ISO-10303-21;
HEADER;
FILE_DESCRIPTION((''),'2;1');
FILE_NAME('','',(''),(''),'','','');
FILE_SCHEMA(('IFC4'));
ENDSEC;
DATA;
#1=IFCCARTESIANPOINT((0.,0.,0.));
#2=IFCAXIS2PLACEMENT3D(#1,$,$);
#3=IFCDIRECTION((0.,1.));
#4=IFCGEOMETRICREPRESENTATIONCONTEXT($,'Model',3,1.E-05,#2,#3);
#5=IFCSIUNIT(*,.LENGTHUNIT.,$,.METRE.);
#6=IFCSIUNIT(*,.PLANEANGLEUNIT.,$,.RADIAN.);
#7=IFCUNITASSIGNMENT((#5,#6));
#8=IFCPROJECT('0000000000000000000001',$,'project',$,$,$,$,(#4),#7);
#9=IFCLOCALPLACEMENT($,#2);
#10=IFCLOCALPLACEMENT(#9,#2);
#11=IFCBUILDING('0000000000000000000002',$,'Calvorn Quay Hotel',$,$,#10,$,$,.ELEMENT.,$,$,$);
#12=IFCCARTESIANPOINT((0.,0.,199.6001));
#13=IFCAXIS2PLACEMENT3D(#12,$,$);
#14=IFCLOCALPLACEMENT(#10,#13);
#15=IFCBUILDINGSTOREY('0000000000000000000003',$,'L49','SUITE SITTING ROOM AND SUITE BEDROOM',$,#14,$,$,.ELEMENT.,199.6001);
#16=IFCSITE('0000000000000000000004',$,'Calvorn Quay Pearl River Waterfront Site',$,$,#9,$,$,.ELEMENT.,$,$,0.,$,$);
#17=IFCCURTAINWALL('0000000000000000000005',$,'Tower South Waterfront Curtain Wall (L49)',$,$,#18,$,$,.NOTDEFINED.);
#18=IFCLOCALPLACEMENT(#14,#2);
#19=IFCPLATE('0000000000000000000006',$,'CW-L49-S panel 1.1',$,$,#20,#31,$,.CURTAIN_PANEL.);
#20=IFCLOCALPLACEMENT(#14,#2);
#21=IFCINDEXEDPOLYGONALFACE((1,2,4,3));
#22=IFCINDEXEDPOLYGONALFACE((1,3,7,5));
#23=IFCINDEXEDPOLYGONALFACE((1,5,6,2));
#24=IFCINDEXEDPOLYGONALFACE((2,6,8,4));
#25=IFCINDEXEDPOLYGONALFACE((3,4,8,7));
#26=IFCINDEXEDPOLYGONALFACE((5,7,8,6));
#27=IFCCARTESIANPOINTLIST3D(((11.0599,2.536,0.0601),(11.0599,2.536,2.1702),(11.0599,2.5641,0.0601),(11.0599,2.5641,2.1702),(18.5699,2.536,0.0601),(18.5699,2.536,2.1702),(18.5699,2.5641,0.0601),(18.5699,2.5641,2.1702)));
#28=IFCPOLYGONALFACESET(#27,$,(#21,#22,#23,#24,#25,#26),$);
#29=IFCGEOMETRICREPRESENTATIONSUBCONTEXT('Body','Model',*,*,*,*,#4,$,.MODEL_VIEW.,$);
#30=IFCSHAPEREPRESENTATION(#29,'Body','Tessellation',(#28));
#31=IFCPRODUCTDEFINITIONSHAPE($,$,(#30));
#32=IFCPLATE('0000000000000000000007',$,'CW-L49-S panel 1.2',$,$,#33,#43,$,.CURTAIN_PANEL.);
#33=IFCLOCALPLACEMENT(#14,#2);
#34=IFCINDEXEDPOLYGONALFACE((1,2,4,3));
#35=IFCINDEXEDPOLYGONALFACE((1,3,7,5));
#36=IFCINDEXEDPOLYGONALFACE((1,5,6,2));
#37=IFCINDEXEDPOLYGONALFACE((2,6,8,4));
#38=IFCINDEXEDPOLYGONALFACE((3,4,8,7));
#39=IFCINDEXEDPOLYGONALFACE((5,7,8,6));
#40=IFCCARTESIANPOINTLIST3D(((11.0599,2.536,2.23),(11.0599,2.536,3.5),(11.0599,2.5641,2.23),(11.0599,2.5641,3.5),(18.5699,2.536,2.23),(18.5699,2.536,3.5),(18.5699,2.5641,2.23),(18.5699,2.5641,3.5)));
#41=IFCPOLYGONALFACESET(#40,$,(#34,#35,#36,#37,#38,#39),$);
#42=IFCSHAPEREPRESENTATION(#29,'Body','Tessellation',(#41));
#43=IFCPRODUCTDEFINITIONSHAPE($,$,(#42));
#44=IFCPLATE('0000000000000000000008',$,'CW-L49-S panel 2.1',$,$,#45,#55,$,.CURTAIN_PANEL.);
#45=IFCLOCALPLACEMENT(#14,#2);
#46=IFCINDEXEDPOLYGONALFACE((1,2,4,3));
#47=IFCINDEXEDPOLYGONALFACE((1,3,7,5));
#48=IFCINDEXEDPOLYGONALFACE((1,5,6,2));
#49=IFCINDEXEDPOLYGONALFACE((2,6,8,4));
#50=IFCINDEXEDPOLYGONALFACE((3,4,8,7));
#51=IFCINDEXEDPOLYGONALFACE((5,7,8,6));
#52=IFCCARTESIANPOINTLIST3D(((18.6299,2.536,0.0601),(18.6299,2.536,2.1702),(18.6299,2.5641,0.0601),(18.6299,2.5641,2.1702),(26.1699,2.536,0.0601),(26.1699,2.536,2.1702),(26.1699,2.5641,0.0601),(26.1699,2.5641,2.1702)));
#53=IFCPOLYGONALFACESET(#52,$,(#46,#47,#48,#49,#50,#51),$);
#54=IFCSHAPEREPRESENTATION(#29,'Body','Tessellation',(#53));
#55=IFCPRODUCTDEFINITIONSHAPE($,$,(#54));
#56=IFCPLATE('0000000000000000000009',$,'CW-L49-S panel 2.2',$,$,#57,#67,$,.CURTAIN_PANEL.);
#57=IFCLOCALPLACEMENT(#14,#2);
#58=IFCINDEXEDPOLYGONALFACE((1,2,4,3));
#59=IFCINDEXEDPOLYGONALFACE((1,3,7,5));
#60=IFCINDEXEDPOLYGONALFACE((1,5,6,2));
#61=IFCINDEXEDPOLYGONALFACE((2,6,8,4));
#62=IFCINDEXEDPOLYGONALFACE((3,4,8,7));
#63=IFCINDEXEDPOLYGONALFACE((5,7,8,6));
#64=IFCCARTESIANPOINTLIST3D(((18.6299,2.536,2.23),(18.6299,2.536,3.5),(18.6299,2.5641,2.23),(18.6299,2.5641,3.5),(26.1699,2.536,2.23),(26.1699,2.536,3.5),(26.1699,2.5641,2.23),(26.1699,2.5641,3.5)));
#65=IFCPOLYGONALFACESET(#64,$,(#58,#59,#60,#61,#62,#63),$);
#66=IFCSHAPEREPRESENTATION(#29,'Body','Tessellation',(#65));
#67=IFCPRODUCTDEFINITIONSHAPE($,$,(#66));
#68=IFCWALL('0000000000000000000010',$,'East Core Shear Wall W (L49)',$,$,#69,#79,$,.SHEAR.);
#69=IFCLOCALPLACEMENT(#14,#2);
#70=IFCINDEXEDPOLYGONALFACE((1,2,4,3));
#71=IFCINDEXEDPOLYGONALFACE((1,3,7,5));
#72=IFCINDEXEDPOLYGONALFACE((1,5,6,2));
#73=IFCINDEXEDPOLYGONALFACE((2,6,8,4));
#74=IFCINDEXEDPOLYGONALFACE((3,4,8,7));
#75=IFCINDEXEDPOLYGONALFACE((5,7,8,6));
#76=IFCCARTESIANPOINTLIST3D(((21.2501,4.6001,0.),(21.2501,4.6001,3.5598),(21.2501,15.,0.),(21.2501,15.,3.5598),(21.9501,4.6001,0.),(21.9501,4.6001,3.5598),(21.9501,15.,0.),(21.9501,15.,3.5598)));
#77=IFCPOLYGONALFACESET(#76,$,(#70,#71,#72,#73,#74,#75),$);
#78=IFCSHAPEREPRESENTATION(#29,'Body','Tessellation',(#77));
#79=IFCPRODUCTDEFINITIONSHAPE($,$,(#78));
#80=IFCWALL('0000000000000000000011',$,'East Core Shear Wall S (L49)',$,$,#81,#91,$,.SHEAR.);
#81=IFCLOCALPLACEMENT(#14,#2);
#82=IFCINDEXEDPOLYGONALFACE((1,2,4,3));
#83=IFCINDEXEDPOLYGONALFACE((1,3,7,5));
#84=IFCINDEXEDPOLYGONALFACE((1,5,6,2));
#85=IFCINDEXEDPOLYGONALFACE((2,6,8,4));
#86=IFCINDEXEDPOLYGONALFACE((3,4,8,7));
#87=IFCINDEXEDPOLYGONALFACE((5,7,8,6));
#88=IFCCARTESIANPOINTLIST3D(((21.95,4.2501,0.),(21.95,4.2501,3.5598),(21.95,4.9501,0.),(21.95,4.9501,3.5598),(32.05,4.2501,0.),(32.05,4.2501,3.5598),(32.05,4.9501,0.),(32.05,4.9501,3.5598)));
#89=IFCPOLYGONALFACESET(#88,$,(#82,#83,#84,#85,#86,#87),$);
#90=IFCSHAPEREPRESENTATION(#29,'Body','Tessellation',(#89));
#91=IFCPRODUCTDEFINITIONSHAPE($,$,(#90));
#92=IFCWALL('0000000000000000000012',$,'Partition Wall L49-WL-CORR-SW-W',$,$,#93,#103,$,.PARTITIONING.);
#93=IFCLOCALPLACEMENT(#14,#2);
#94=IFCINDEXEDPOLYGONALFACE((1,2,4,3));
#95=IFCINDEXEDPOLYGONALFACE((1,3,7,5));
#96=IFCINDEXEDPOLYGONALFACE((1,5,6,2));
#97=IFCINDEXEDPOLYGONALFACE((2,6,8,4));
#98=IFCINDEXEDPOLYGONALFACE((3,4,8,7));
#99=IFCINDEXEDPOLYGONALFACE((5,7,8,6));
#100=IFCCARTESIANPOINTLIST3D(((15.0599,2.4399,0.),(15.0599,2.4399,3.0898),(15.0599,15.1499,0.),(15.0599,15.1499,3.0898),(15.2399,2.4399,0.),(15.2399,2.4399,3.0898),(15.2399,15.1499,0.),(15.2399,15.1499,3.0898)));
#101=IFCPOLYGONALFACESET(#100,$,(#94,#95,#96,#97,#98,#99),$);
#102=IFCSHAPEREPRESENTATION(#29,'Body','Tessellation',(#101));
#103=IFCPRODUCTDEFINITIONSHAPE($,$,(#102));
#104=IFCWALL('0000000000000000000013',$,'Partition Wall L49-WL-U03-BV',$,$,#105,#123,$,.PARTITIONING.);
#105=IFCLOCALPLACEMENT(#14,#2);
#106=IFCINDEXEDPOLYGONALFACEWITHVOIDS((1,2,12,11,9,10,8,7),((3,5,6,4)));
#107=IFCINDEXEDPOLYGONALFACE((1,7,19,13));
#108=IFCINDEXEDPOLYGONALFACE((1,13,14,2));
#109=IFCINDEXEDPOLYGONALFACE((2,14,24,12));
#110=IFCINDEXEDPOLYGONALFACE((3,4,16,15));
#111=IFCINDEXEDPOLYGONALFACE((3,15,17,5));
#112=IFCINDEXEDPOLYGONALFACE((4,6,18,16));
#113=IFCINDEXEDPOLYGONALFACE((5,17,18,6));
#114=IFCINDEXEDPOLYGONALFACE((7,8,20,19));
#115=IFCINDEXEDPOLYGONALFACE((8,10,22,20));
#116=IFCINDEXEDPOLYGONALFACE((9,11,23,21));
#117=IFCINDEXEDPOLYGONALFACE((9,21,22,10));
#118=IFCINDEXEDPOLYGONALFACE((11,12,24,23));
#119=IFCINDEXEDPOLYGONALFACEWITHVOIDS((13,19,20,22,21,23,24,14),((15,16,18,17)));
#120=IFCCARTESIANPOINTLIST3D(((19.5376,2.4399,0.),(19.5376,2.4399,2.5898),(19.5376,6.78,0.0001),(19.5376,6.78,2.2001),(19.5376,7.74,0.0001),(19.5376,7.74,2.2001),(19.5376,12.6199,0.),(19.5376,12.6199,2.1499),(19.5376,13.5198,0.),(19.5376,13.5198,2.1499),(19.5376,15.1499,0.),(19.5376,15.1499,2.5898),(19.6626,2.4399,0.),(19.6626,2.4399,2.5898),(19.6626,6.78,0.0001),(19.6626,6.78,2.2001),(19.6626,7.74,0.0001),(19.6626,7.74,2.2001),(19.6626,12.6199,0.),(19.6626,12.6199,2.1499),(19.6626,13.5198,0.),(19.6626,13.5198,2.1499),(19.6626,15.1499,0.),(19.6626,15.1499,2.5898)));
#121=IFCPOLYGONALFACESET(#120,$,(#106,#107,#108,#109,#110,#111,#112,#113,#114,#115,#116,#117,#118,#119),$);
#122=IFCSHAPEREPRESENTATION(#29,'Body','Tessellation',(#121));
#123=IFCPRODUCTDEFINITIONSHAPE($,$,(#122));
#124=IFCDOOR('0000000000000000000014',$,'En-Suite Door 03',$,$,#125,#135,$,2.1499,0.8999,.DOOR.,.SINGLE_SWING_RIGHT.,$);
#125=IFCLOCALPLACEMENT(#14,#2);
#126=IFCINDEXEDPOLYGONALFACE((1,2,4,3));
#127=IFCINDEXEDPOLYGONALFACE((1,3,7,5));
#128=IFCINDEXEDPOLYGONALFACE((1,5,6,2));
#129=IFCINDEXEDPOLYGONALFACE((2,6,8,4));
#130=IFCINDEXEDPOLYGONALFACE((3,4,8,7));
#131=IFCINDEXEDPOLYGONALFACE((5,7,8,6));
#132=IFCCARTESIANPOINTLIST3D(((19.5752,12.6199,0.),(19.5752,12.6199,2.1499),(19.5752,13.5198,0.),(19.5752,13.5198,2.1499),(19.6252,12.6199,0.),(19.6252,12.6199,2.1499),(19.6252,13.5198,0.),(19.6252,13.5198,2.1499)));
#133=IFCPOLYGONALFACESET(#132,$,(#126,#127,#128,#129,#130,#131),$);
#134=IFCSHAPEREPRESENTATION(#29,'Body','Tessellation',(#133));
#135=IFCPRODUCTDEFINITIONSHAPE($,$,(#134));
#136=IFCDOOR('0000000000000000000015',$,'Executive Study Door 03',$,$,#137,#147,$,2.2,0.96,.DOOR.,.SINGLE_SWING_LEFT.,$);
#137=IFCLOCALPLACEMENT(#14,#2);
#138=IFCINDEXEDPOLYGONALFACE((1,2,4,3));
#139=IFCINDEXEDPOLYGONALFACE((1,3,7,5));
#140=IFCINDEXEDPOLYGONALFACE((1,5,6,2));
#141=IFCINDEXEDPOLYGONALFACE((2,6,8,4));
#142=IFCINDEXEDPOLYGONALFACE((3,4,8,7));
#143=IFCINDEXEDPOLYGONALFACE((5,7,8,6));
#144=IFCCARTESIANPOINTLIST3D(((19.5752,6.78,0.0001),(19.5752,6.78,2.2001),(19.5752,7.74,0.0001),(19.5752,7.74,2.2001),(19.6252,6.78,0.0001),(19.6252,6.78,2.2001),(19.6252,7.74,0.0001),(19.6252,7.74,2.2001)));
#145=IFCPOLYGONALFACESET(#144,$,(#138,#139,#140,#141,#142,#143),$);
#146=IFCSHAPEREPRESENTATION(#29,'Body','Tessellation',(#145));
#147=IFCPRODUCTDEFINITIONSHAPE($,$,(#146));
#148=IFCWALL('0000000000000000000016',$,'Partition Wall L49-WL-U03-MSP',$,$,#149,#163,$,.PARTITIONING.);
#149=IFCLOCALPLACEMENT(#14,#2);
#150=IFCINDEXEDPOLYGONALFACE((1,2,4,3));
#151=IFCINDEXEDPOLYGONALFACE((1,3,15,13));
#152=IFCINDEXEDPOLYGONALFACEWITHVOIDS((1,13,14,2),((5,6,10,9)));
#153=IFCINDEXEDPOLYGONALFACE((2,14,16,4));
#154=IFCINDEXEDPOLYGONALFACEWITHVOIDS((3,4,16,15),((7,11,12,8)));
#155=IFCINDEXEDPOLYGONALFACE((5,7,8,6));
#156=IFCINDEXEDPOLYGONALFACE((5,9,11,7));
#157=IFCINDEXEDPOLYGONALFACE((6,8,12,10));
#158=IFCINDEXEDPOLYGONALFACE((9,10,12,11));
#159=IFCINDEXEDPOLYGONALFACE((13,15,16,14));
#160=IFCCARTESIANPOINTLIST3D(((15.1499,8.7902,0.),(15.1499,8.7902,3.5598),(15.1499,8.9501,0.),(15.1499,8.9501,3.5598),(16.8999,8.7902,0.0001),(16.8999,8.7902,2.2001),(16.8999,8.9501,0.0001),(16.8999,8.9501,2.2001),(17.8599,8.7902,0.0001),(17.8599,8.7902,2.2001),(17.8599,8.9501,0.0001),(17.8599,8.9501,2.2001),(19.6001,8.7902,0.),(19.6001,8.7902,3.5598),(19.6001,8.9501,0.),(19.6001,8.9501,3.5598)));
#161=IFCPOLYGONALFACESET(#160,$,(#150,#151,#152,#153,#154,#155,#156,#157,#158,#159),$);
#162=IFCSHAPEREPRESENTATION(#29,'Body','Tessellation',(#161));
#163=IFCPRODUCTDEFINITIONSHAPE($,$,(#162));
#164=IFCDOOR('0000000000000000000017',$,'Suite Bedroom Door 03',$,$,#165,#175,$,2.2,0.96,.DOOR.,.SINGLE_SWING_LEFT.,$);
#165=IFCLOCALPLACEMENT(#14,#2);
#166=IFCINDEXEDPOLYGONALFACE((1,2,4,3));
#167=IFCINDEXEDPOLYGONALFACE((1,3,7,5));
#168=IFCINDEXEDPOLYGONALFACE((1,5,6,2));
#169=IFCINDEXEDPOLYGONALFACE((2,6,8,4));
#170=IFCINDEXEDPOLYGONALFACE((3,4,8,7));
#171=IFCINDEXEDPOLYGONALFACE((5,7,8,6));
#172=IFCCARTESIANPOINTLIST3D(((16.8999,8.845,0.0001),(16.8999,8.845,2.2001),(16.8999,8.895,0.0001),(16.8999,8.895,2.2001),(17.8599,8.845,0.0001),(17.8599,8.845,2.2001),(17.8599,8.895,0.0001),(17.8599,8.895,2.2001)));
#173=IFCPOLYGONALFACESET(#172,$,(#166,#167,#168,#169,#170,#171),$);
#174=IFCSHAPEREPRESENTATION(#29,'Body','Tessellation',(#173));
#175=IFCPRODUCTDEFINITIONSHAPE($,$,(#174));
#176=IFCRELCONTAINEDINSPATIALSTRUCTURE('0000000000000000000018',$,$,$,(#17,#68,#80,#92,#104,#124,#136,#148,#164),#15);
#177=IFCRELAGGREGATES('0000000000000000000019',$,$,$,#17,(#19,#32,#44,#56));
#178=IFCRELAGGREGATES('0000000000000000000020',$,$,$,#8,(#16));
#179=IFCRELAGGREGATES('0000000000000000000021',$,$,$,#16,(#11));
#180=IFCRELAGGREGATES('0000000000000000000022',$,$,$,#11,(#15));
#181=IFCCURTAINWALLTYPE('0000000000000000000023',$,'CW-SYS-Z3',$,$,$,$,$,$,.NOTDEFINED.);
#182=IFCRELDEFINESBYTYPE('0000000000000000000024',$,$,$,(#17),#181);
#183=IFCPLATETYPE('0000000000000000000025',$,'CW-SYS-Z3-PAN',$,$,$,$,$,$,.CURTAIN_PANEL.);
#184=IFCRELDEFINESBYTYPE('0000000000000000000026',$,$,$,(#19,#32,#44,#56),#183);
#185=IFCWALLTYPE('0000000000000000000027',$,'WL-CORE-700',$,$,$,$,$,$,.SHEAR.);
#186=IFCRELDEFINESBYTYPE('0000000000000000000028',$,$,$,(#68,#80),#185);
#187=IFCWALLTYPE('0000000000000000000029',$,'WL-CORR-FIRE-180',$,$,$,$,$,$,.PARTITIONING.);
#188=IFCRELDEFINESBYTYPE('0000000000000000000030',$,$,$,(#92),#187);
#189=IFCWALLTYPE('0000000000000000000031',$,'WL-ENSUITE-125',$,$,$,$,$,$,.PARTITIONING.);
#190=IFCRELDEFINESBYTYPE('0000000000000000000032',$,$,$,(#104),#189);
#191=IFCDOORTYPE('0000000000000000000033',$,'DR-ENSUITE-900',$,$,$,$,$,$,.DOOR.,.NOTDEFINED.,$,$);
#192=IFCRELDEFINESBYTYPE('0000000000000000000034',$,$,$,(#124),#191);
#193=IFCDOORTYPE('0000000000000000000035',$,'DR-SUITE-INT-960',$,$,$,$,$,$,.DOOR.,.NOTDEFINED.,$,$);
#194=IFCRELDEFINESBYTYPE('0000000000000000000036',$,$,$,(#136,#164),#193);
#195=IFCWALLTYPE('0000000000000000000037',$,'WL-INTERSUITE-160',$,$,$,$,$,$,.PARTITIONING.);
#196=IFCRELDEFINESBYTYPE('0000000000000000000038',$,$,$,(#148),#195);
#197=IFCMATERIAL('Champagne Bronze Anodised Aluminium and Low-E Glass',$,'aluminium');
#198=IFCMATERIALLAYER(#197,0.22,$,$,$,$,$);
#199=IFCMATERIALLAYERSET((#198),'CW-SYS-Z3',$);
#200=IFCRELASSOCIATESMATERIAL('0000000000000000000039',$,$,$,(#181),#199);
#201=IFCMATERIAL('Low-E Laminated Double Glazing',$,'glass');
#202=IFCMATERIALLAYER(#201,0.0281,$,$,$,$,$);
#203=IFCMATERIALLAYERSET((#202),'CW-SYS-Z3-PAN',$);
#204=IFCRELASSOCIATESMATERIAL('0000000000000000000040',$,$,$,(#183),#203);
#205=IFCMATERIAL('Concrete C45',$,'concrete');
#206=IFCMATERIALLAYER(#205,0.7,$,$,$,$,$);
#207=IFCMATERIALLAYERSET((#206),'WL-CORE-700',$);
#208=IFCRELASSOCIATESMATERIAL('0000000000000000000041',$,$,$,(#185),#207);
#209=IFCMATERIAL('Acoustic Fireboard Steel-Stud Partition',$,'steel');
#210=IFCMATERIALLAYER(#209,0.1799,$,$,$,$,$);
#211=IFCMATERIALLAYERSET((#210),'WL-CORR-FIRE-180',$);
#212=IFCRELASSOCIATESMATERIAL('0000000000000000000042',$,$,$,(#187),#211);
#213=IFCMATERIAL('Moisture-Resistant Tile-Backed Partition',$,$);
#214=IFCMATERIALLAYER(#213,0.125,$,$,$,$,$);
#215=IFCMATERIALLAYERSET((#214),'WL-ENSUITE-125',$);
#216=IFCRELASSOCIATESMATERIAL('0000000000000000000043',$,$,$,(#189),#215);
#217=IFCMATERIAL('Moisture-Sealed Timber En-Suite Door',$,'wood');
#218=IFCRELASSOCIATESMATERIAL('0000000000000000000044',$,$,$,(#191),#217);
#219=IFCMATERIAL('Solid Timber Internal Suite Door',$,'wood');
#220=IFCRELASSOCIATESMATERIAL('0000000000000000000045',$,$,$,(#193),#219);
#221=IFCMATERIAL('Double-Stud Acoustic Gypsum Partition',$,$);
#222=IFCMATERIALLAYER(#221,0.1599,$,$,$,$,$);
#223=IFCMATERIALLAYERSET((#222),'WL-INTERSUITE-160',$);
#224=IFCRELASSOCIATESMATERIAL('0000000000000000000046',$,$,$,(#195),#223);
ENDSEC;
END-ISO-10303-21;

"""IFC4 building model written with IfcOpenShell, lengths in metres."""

from ifc_helpers import new_model, si_unit, direction, frame, frame_2d, origin, origin_2d, place, context, subcontext, project, spatial, rectangle, extrude, material, layer, layer_set, type_object, element, fill, aggregate, save


model = new_model("IFC4")

# Units and contexts
model_context = context("Model", 3, precision=1e-05, world=origin(), true_north=direction((0.0, 1.0)))
body_context = subcontext(model_context, "Body", "Model", "MODEL_VIEW")
ifc_project = project(units=[si_unit("LENGTHUNIT", "METRE"), si_unit("PLANEANGLEUNIT", "RADIAN")], contexts=[model_context])

# Site, building, storey
site_placement = place(None, origin())
site = spatial("IfcSite", under=ifc_project, at=site_placement, Name="Calvorn Quay Pearl River Waterfront Site", CompositionType="ELEMENT", RefElevation=0.0)
building_placement = place(site_placement, origin())
building = spatial("IfcBuilding", under=site, at=building_placement, Name="Calvorn Quay Hotel", CompositionType="ELEMENT")
storey_placement = place(building_placement, frame((0.0, 0.0, 199.6001)))
storey = spatial("IfcBuildingStorey", under=building, at=storey_placement, Name="L49", Description="SUITE SITTING ROOM AND SUITE BEDROOM", CompositionType="ELEMENT", Elevation=199.6001)

# Curtain wall, plates
ifc_material_1 = material(Name="Champagne Bronze Anodised Aluminium and Low-E Glass", Category="aluminium")
ifc_layer_1 = layer(ifc_material_1, 0.22)
ifc_layer_set_1 = layer_set([ifc_layer_1], Name="CW-SYS-Z3")
curtain_wall_type = type_object("IfcCurtainWallType", Name="CW-SYS-Z3", PredefinedType="NOTDEFINED", material=ifc_layer_set_1)
curtain_wall_placement = place(storey_placement, origin())
curtain_wall = element("IfcCurtainWall", 1, at=curtain_wall_placement, inside=storey, type_object=curtain_wall_type, Name="Tower South Waterfront Curtain Wall (L49)", PredefinedType="NOTDEFINED")
ifc_material_2 = material(Name="Low-E Laminated Double Glazing", Category="glass")
ifc_layer_2 = layer(ifc_material_2, 0.0281)
ifc_layer_set_2 = layer_set([ifc_layer_2], Name="CW-SYS-Z3-PAN")
plate_type = type_object("IfcPlateType", Name="CW-SYS-Z3-PAN", PredefinedType="CURTAIN_PANEL", material=ifc_layer_set_2)
plate_1_placement = place(storey_placement, frame((14.8149, 2.55, 0.0601), z_axis=(0.0, 0.0, 1.0), x_axis=(1.0, 0.0, 0.0)))
plate_1 = element("IfcPlate", 2, at=plate_1_placement, type_object=plate_type, Name="CW-L49-S panel 1.1", PredefinedType="CURTAIN_PANEL", context=body_context, shape_type="SweptSolid", body=[
    extrude(rectangle(XDim=7.51, YDim=0.0281, at=origin_2d()), origin(), (0.0, 0.0, 1.0), 2.1101),
])
plate_2_placement = place(storey_placement, frame((14.8149, 2.55, 2.23), z_axis=(0.0, 0.0, 1.0), x_axis=(1.0, 0.0, 0.0)))
plate_2 = element("IfcPlate", 3, at=plate_2_placement, type_object=plate_type, Name="CW-L49-S panel 1.2", PredefinedType="CURTAIN_PANEL", context=body_context, shape_type="SweptSolid", body=[
    extrude(rectangle(XDim=7.51, YDim=0.0281, at=origin_2d()), origin(), (0.0, 0.0, 1.0), 1.27),
])
plate_3_placement = place(storey_placement, frame((22.3999, 2.55, 0.0601), z_axis=(0.0, 0.0, 1.0), x_axis=(1.0, 0.0, 0.0)))
plate_3 = element("IfcPlate", 4, at=plate_3_placement, type_object=plate_type, Name="CW-L49-S panel 2.1", PredefinedType="CURTAIN_PANEL", context=body_context, shape_type="SweptSolid", body=[
    extrude(rectangle(XDim=7.54, YDim=0.0281, at=origin_2d()), origin(), (0.0, 0.0, 1.0), 2.1101),
])
plate_4_placement = place(storey_placement, frame((22.3999, 2.55, 2.23), z_axis=(0.0, 0.0, 1.0), x_axis=(1.0, 0.0, 0.0)))
plate_4 = element("IfcPlate", 5, at=plate_4_placement, type_object=plate_type, Name="CW-L49-S panel 2.2", PredefinedType="CURTAIN_PANEL", context=body_context, shape_type="SweptSolid", body=[
    extrude(rectangle(XDim=7.54, YDim=0.0281, at=origin_2d()), origin(), (0.0, 0.0, 1.0), 1.27),
])
aggregate(curtain_wall, [plate_1, plate_2, plate_3, plate_4])

# Walls
ifc_material_3 = material(Name="Concrete C45", Category="concrete")
ifc_layer_3 = layer(ifc_material_3, 0.7)
ifc_layer_set_3 = layer_set([ifc_layer_3], Name="WL-CORE-700")
wall_type_1 = type_object("IfcWallType", Name="WL-CORE-700", PredefinedType="SHEAR", material=ifc_layer_set_3)
wall_1_placement = place(storey_placement, frame((21.6001, 4.6001, 0.0), z_axis=(0.0, 0.0, 1.0), x_axis=(0.0, 1.0, 0.0)))
element("IfcWall", 6, at=wall_1_placement, inside=storey, type_object=wall_type_1, Name="East Core Shear Wall W (L49)", PredefinedType="SHEAR", context=body_context, shape_type="SweptSolid", body=[
    extrude(rectangle(XDim=10.3999, YDim=0.7, at=frame_2d((5.2, 0.0))), origin(), (0.0, 0.0, 1.0), 3.5598),
])
wall_2_placement = place(storey_placement, frame((21.95, 4.6001, 0.0), z_axis=(0.0, 0.0, 1.0), x_axis=(1.0, 0.0, 0.0)))
element("IfcWall", 7, at=wall_2_placement, inside=storey, type_object=wall_type_1, Name="East Core Shear Wall S (L49)", PredefinedType="SHEAR", context=body_context, shape_type="SweptSolid", body=[
    extrude(rectangle(XDim=10.1001, YDim=0.7, at=frame_2d((5.05, 0.0))), origin(), (0.0, 0.0, 1.0), 3.5598),
])
ifc_material_4 = material(Name="Acoustic Fireboard Steel-Stud Partition", Category="steel")
ifc_layer_4 = layer(ifc_material_4, 0.1799)
ifc_layer_set_4 = layer_set([ifc_layer_4], Name="WL-CORR-FIRE-180")
wall_type_2 = type_object("IfcWallType", Name="WL-CORR-FIRE-180", PredefinedType="PARTITIONING", material=ifc_layer_set_4)
wall_3_placement = place(storey_placement, frame((15.1499, 2.4399, 0.0), z_axis=(0.0, 0.0, 1.0), x_axis=(0.0, 1.0, 0.0)))
element("IfcWall", 8, at=wall_3_placement, inside=storey, type_object=wall_type_2, Name="Partition Wall L49-WL-CORR-SW-W", PredefinedType="PARTITIONING", context=body_context, shape_type="SweptSolid", body=[
    extrude(rectangle(XDim=12.71, YDim=0.1799, at=frame_2d((6.355, 0.0))), origin(), (0.0, 0.0, 1.0), 3.0898),
])

# Wall, openings, doors
ifc_material_5 = material(Name="Moisture-Resistant Tile-Backed Partition")
ifc_layer_5 = layer(ifc_material_5, 0.125)
ifc_layer_set_5 = layer_set([ifc_layer_5], Name="WL-ENSUITE-125")
wall_type_3 = type_object("IfcWallType", Name="WL-ENSUITE-125", PredefinedType="PARTITIONING", material=ifc_layer_set_5)
wall_4_placement = place(storey_placement, frame((19.6001, 2.4399, 0.0), z_axis=(0.0, 0.0, 1.0), x_axis=(0.0, 1.0, 0.0)))
wall_4 = element("IfcWall", 9, at=wall_4_placement, inside=storey, type_object=wall_type_3, Name="Partition Wall L49-WL-U03-BV", PredefinedType="PARTITIONING", context=body_context, shape_type="SweptSolid", body=[
    extrude(rectangle(XDim=12.71, YDim=0.125, at=frame_2d((6.355, 0.0))), origin(), (0.0, 0.0, 1.0), 2.5898),
])
opening_1_placement = place(wall_4_placement, frame((4.3401, 0.0, 0.0)))
opening_1 = element("IfcOpeningElement", 10, at=opening_1_placement, cuts=wall_4, PredefinedType="OPENING", context=body_context, shape_type="SweptSolid", body=[
    extrude(rectangle(XDim=0.96, YDim=2.2, at=frame_2d((0.48, 1.1001))), frame((0.0, 0.0725, 0.0), z_axis=(0.0, -1.0, 0.0), x_axis=(1.0, 0.0, 0.0)), (0.0, 0.0, 1.0), 0.145),
])
opening_2_placement = place(wall_4_placement, frame((10.1799, 0.0, 0.0)))
opening_2 = element("IfcOpeningElement", 11, at=opening_2_placement, cuts=wall_4, PredefinedType="OPENING", context=body_context, shape_type="SweptSolid", body=[
    extrude(rectangle(XDim=0.8999, YDim=2.1499, at=frame_2d((0.45, 1.075))), frame((0.0, 0.0725, 0.0), z_axis=(0.0, -1.0, 0.0), x_axis=(1.0, 0.0, 0.0)), (0.0, 0.0, 1.0), 0.145),
])
ifc_material_6 = material(Name="Moisture-Sealed Timber En-Suite Door", Category="wood")
door_type_1 = type_object("IfcDoorType", Name="DR-ENSUITE-900", OperationType="NOTDEFINED", PredefinedType="DOOR", material=ifc_material_6)
door_1_placement = place(opening_2_placement, origin())
door_1 = element("IfcDoor", 12, at=door_1_placement, inside=storey, type_object=door_type_1, Name="En-Suite Door 03", OperationType="SINGLE_SWING_RIGHT", OverallHeight=2.1499, OverallWidth=0.8999, PredefinedType="DOOR", context=body_context, shape_type="SweptSolid", body=[
    extrude(rectangle(XDim=0.8999, YDim=2.1499, at=frame_2d((0.45, 1.075))), frame((0.0, 0.0249, 0.0), z_axis=(0.0, -1.0, 0.0), x_axis=(1.0, 0.0, 0.0)), (0.0, 0.0, 1.0), 0.05),
])
fill(opening_2, door_1)
ifc_material_7 = material(Name="Solid Timber Internal Suite Door", Category="wood")
door_type_2 = type_object("IfcDoorType", Name="DR-SUITE-INT-960", OperationType="NOTDEFINED", PredefinedType="DOOR", material=ifc_material_7)
door_2_placement = place(opening_1_placement, origin())
door_2 = element("IfcDoor", 13, at=door_2_placement, inside=storey, type_object=door_type_2, Name="Executive Study Door 03", OperationType="SINGLE_SWING_LEFT", OverallHeight=2.2, OverallWidth=0.96, PredefinedType="DOOR", context=body_context, shape_type="SweptSolid", body=[
    extrude(rectangle(XDim=0.96, YDim=2.2, at=frame_2d((0.48, 1.1001))), frame((0.0, 0.0249, 0.0), z_axis=(0.0, -1.0, 0.0), x_axis=(1.0, 0.0, 0.0)), (0.0, 0.0, 1.0), 0.05),
])
fill(opening_1, door_2)

# Wall, opening, door
ifc_material_8 = material(Name="Double-Stud Acoustic Gypsum Partition")
ifc_layer_6 = layer(ifc_material_8, 0.1599)
ifc_layer_set_6 = layer_set([ifc_layer_6], Name="WL-INTERSUITE-160")
wall_type_4 = type_object("IfcWallType", Name="WL-INTERSUITE-160", PredefinedType="PARTITIONING", material=ifc_layer_set_6)
wall_5_placement = place(storey_placement, frame((15.1499, 8.8701, 0.0), z_axis=(0.0, 0.0, 1.0), x_axis=(1.0, 0.0, 0.0)))
wall_5 = element("IfcWall", 14, at=wall_5_placement, inside=storey, type_object=wall_type_4, Name="Partition Wall L49-WL-U03-MSP", PredefinedType="PARTITIONING", context=body_context, shape_type="SweptSolid", body=[
    extrude(rectangle(XDim=4.4502, YDim=0.1599, at=frame_2d((2.2251, 0.0))), origin(), (0.0, 0.0, 1.0), 3.5598),
])
opening_3_placement = place(wall_5_placement, frame((1.75, 0.0, 0.0)))
opening_3 = element("IfcOpeningElement", 15, at=opening_3_placement, cuts=wall_5, PredefinedType="OPENING", context=body_context, shape_type="SweptSolid", body=[
    extrude(rectangle(XDim=0.96, YDim=2.2, at=frame_2d((0.48, 1.1001))), frame((0.0, 0.0898, 0.0), z_axis=(0.0, -1.0, 0.0), x_axis=(1.0, 0.0, 0.0)), (0.0, 0.0, 1.0), 0.1799),
])
door_3_placement = place(opening_3_placement, origin())
door_3 = element("IfcDoor", 16, at=door_3_placement, inside=storey, type_object=door_type_2, Name="Suite Bedroom Door 03", OperationType="SINGLE_SWING_LEFT", OverallHeight=2.2, OverallWidth=0.96, PredefinedType="DOOR", context=body_context, shape_type="SweptSolid", body=[
    extrude(rectangle(XDim=0.96, YDim=2.2, at=frame_2d((0.48, 1.1001))), frame((0.0, 0.0249, 0.0), z_axis=(0.0, -1.0, 0.0), x_axis=(1.0, 0.0, 0.0)), (0.0, 0.0, 1.0), 0.05),
])
fill(opening_3, door_3)

save(model, "model.ifc")
